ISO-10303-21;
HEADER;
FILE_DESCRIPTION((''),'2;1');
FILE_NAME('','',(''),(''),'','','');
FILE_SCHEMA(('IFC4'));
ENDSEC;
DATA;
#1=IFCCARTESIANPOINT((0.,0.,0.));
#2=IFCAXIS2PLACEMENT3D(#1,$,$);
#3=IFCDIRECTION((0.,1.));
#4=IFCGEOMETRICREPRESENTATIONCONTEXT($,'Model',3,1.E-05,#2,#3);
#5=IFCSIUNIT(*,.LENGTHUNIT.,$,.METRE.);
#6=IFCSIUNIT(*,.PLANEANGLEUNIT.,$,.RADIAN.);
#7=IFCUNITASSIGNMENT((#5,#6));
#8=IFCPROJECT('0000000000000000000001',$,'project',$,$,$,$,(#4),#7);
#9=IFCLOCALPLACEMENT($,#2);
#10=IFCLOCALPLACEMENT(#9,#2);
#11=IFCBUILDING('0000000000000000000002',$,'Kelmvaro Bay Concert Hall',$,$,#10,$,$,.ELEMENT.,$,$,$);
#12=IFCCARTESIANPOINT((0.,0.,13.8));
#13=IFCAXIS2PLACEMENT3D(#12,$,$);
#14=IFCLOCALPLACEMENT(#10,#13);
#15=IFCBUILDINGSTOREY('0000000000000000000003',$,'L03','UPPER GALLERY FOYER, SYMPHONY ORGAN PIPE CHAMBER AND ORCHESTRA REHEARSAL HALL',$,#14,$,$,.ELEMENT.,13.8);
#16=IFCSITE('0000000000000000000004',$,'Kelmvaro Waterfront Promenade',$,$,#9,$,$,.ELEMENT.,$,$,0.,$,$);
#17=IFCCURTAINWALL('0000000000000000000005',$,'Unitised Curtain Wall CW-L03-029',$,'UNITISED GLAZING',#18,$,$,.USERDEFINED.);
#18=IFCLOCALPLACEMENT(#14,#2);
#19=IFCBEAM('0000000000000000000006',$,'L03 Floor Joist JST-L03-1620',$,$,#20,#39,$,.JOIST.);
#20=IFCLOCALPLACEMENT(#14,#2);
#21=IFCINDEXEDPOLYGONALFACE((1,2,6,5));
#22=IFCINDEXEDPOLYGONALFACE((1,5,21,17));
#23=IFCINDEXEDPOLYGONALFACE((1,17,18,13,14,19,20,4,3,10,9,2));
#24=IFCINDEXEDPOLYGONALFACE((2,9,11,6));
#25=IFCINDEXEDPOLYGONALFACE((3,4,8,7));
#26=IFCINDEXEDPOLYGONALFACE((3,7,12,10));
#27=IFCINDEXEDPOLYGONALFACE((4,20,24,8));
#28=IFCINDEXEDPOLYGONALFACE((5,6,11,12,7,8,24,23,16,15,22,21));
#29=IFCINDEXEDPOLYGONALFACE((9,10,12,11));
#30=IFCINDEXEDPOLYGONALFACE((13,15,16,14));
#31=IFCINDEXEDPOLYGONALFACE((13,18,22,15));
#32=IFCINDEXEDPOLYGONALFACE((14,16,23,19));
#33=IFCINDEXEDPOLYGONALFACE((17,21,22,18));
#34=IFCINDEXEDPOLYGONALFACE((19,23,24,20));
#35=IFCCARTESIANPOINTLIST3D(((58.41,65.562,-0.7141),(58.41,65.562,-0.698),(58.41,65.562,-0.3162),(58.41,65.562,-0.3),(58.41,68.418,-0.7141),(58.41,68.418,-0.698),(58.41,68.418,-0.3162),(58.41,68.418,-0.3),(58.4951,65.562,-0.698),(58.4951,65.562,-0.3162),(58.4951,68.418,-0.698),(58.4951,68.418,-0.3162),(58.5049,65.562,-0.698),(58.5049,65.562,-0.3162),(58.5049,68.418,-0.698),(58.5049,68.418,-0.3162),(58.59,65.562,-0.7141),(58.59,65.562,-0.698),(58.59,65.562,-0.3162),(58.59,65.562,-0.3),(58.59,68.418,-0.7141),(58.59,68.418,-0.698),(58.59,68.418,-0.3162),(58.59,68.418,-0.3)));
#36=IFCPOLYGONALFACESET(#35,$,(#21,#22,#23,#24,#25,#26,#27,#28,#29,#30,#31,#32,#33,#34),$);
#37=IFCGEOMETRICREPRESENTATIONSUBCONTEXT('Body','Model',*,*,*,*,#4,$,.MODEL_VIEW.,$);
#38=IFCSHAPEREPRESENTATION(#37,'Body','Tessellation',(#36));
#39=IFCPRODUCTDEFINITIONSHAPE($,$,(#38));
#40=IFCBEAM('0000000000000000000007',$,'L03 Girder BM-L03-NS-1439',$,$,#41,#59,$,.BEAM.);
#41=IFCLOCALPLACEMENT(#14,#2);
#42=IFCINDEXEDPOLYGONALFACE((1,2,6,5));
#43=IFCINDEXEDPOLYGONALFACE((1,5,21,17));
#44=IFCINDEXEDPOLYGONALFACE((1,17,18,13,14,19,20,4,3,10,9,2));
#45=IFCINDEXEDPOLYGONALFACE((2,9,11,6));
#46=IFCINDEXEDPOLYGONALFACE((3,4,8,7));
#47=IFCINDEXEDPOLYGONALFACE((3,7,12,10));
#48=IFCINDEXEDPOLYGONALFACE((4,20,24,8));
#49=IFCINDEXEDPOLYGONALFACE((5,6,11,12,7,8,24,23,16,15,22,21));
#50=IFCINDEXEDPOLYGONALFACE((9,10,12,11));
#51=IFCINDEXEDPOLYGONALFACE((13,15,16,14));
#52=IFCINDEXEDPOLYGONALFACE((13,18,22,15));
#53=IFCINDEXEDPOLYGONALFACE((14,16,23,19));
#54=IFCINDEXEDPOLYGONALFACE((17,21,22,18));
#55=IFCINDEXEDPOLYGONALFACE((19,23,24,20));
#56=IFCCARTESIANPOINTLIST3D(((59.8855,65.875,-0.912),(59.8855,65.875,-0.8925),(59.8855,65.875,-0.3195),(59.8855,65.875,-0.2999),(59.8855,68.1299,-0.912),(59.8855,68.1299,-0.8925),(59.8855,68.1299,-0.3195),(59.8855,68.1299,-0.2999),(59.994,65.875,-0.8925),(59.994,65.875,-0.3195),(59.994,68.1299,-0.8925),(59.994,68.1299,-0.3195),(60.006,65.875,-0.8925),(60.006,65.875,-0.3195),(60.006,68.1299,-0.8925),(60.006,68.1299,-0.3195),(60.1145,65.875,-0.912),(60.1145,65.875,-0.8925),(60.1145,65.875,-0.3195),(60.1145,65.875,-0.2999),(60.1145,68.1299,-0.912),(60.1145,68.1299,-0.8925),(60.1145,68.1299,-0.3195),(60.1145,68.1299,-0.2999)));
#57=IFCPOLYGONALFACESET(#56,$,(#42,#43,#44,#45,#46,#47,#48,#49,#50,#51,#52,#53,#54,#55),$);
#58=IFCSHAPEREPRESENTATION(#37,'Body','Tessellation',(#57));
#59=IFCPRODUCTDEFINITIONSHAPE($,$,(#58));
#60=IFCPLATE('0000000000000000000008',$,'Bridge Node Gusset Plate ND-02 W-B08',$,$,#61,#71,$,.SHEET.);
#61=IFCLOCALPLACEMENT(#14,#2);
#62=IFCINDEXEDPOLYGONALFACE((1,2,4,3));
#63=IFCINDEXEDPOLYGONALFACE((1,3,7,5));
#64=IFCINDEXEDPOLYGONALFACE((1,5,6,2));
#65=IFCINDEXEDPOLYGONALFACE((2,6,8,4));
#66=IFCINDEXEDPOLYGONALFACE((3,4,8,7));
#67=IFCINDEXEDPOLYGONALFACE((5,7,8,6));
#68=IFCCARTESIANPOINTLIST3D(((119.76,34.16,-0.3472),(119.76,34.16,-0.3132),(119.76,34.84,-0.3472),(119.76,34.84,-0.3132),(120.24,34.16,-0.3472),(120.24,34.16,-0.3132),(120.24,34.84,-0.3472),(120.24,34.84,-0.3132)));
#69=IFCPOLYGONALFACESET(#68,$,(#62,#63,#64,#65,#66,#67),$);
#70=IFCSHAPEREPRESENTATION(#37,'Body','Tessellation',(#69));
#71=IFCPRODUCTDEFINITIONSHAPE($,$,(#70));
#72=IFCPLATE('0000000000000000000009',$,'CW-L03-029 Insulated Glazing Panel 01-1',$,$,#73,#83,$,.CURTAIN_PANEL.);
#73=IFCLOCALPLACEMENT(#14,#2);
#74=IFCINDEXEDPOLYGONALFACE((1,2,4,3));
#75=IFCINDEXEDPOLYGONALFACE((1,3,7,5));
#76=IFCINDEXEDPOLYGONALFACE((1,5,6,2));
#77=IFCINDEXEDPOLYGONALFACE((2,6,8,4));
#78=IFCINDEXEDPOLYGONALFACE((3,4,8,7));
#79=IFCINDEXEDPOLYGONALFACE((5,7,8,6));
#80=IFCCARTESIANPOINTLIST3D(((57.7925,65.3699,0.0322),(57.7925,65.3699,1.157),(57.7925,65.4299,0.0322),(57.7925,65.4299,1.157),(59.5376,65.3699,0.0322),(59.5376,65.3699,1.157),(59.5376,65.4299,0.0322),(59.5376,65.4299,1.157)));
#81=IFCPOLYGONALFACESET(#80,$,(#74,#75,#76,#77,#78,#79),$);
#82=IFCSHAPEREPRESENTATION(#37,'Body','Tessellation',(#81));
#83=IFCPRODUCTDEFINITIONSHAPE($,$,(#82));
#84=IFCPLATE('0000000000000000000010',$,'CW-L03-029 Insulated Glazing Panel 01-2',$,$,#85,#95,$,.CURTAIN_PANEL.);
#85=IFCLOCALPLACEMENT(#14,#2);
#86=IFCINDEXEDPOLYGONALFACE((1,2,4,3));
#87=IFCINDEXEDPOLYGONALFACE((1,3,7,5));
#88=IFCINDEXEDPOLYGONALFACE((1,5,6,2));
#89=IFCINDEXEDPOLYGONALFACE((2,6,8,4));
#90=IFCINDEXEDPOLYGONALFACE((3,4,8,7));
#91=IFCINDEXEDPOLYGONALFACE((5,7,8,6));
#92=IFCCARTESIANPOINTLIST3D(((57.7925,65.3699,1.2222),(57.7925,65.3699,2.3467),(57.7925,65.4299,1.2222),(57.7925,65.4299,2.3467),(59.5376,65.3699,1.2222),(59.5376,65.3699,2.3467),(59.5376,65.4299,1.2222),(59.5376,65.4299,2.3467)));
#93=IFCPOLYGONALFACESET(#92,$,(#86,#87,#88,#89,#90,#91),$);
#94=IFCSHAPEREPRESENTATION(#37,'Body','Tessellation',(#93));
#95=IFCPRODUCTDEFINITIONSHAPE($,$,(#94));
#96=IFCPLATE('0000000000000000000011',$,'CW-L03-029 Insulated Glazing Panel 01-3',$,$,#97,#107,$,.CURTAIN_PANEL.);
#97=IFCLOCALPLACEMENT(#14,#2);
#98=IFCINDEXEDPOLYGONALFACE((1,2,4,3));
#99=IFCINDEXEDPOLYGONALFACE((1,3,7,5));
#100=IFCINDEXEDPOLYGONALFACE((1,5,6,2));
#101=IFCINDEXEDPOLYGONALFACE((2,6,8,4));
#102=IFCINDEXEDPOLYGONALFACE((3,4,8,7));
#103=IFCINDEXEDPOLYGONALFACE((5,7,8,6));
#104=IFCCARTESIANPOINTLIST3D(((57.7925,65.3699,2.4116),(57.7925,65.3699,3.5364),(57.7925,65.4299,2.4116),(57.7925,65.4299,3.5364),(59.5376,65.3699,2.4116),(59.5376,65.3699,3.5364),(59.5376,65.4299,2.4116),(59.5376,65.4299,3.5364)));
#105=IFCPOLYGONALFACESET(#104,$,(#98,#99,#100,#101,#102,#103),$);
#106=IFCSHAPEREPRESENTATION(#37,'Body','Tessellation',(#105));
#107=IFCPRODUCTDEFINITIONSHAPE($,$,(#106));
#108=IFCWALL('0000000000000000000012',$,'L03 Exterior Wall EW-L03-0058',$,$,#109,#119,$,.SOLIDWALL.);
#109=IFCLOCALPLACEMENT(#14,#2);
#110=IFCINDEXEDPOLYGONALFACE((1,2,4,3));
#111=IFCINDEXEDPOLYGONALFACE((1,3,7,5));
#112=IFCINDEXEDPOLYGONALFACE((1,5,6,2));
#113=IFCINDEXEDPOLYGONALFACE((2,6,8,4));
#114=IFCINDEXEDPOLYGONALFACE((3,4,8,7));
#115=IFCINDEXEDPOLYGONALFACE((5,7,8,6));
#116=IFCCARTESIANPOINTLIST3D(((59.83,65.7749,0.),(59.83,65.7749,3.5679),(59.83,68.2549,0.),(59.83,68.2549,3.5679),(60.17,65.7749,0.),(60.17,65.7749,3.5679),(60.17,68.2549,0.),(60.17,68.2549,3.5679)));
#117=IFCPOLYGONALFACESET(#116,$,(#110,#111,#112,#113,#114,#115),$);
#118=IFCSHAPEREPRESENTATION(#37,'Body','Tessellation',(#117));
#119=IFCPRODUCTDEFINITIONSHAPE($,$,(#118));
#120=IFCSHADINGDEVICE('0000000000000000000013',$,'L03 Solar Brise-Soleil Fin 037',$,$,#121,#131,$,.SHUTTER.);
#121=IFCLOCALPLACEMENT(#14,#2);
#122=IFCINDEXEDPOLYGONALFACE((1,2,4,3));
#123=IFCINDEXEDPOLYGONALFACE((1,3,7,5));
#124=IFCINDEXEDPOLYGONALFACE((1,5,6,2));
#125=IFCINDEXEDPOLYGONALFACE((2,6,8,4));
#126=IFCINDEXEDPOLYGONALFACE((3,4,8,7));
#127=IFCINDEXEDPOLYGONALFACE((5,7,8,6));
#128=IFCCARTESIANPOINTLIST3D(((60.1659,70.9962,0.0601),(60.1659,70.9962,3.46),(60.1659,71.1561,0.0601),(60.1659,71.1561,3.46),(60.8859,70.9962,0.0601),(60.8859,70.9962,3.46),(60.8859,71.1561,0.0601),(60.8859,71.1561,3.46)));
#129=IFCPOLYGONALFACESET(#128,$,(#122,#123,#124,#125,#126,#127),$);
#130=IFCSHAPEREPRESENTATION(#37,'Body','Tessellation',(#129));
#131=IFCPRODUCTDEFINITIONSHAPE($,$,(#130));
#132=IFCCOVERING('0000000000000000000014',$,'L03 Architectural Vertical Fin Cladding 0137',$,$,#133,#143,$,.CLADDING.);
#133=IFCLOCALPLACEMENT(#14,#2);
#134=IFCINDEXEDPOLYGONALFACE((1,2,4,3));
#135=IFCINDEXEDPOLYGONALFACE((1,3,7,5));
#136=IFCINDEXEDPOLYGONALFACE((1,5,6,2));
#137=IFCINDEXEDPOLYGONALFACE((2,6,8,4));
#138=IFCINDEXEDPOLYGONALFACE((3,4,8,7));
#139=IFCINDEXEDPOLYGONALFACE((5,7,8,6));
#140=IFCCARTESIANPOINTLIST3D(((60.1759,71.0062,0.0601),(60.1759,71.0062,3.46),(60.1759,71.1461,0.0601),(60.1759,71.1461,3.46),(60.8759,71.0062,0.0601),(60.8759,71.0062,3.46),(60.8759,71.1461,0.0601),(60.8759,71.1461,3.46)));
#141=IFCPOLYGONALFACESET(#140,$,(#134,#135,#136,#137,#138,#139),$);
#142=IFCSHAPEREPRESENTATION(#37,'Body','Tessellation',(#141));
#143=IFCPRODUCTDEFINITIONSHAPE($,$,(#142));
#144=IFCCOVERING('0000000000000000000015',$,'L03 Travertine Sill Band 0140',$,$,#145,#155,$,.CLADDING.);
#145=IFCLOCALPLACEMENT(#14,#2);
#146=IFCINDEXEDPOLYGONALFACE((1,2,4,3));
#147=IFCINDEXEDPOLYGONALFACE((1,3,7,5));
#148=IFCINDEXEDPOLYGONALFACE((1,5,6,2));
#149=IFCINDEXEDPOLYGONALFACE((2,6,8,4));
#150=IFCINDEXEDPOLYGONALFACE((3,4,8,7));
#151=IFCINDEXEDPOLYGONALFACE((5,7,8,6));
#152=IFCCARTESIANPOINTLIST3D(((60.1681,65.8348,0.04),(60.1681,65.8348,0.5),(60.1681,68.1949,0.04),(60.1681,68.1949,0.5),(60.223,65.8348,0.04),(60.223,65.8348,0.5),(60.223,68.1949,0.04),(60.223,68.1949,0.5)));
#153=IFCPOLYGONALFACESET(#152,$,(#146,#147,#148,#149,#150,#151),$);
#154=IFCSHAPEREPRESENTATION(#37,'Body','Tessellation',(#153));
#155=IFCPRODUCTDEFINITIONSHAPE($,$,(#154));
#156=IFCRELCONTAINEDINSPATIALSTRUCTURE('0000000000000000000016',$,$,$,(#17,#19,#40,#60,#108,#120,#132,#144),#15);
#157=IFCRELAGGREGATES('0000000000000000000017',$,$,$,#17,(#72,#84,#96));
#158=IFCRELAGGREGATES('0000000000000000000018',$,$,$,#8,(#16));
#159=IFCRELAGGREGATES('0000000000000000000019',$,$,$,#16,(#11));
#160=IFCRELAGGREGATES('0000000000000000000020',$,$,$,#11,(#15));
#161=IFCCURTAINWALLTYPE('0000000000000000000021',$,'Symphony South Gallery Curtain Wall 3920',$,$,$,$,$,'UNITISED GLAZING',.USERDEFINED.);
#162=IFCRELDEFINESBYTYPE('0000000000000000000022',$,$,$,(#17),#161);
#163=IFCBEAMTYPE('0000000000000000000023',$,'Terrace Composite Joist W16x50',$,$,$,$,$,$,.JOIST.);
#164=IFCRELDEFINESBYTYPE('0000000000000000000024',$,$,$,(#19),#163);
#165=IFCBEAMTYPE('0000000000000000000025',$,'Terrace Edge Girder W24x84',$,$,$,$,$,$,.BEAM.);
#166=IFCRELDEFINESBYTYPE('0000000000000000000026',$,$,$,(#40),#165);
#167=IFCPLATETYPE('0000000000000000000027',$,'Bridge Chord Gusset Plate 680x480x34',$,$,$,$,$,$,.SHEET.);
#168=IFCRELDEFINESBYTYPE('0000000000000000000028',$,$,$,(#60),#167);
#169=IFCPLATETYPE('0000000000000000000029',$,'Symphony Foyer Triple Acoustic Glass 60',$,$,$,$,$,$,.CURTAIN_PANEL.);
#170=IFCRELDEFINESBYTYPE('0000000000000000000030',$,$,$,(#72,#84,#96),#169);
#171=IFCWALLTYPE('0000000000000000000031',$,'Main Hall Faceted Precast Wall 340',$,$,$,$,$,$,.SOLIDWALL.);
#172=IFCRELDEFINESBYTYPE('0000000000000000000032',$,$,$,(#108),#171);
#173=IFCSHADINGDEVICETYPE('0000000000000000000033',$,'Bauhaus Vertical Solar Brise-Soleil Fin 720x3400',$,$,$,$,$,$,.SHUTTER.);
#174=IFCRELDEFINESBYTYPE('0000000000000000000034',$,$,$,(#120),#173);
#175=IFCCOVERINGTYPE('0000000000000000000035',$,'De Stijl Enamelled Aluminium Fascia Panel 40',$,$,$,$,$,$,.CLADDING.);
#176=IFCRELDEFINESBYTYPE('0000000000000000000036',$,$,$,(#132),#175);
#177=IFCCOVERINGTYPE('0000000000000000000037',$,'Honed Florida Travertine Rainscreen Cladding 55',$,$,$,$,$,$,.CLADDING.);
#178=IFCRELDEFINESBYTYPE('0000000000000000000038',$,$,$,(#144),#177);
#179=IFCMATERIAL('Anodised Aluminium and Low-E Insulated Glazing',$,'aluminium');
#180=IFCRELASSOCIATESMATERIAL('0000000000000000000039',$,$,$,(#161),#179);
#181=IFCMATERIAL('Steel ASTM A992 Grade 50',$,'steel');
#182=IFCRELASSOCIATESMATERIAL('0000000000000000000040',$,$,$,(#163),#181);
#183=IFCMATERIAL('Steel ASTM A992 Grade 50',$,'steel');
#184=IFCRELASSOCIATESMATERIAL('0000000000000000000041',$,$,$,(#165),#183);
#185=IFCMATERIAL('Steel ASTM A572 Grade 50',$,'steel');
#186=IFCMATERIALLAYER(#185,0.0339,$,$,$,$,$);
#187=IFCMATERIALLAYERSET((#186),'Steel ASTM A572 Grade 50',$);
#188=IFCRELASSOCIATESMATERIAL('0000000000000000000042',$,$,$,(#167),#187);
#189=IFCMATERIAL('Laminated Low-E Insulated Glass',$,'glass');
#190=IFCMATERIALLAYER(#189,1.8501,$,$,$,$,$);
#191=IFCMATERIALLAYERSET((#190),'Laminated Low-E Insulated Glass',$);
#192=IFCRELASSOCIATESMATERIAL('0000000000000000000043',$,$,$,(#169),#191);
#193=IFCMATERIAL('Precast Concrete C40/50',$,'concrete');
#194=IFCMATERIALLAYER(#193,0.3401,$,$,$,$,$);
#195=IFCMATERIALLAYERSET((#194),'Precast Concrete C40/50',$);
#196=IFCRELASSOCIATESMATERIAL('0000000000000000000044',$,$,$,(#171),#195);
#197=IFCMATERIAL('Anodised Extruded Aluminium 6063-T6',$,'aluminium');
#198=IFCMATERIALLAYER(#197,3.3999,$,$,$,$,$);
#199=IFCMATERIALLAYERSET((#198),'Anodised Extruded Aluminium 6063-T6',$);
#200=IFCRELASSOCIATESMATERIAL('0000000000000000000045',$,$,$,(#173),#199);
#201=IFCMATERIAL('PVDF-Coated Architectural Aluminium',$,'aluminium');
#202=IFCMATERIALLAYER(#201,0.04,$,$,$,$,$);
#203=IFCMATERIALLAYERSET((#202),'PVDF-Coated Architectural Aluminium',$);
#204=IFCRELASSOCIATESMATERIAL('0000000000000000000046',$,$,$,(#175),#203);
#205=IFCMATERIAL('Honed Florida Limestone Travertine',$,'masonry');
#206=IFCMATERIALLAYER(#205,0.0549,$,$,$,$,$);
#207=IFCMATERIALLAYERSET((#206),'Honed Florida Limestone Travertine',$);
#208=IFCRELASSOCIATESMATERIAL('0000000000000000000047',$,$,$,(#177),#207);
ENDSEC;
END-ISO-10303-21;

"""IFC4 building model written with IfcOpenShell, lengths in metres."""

from ifc_helpers import new_model, si_unit, direction, frame, frame_2d, origin, origin_2d, place, context, subcontext, project, spatial, rectangle, i_section, extrude, material, layer, layer_set, material_profile, profile_set, type_object, element, aggregate, save


model = new_model("IFC4")

# Units and contexts
model_context = context("Model", 3, precision=1e-05, world=origin(), true_north=direction((0.0, 1.0)))
body_context = subcontext(model_context, "Body", "Model", "MODEL_VIEW")
ifc_project = project(units=[si_unit("LENGTHUNIT", "METRE"), si_unit("PLANEANGLEUNIT", "RADIAN")], contexts=[model_context])

# Site, building, storey
site_placement = place(None, origin())
site = spatial("IfcSite", under=ifc_project, at=site_placement, Name="Kelmvaro Waterfront Promenade", CompositionType="ELEMENT", RefElevation=0.0)
building_placement = place(site_placement, origin())
building = spatial("IfcBuilding", under=site, at=building_placement, Name="Kelmvaro Bay Concert Hall", CompositionType="ELEMENT")
storey_placement = place(building_placement, frame((0.0, 0.0, 13.8)))
storey = spatial("IfcBuildingStorey", under=building, at=storey_placement, Name="L03", Description="UPPER GALLERY FOYER, SYMPHONY ORGAN PIPE CHAMBER AND ORCHESTRA REHEARSAL HALL", CompositionType="ELEMENT", Elevation=13.8)

# Curtain wall
ifc_material_1 = material(Name="Anodised Aluminium and Low-E Insulated Glazing", Category="aluminium")
curtain_wall_type_1 = type_object("IfcCurtainWallType", Name="Symphony South Gallery Curtain Wall 3920", ElementType="UNITISED GLAZING", PredefinedType="USERDEFINED", material=ifc_material_1)
curtain_wall_1_placement = place(storey_placement, origin())
curtain_wall_1 = element("IfcCurtainWall", 1, at=curtain_wall_1_placement, inside=storey, type_object=curtain_wall_type_1, Name="Unitised Curtain Wall CW-L03-029", ObjectType="UNITISED GLAZING", PredefinedType="USERDEFINED")

# Beams
ifc_material_2 = material(Name="Steel ASTM A992 Grade 50", Category="steel")
ifc_material_profile_1 = material_profile(ifc_material_2, i_section(OverallWidth=0.1799, OverallDepth=0.4141, WebThickness=0.0098, FlangeThickness=0.0161, at=origin_2d()), Name="W16X50")
ifc_profile_set_1 = profile_set([ifc_material_profile_1], Name="Steel ASTM A992 Grade 50")
beam_type_1 = type_object("IfcBeamType", Name="Terrace Composite Joist W16x50", PredefinedType="JOIST", material=ifc_profile_set_1)
beam_1_placement = place(storey_placement, frame((58.5, 65.562, -0.5071), z_axis=(0.0, 1.0, 0.0), x_axis=(-1.0, 0.0, 0.0)))
element("IfcBeam", 2, at=beam_1_placement, inside=storey, type_object=beam_type_1, Name="L03 Floor Joist JST-L03-1620", PredefinedType="JOIST", context=body_context, shape_type="SweptSolid", body=[
    extrude(i_section(OverallWidth=0.1799, OverallDepth=0.4141, WebThickness=0.0098, FlangeThickness=0.0161, at=origin_2d()), origin(), (0.0, 0.0, 1.0), 2.856),
])
ifc_material_3 = material(Name="Steel ASTM A992 Grade 50", Category="steel")
ifc_material_profile_2 = material_profile(ifc_material_3, i_section(OverallWidth=0.229, OverallDepth=0.6121, WebThickness=0.012, FlangeThickness=0.0195, at=origin_2d()), Name="W24X84")
ifc_profile_set_2 = profile_set([ifc_material_profile_2], Name="Steel ASTM A992 Grade 50")
beam_type_2 = type_object("IfcBeamType", Name="Terrace Edge Girder W24x84", PredefinedType="BEAM", material=ifc_profile_set_2)
beam_2_placement = place(storey_placement, frame((60.0, 65.875, -0.606), z_axis=(0.0, 1.0, 0.0), x_axis=(-1.0, 0.0, 0.0)))
element("IfcBeam", 3, at=beam_2_placement, inside=storey, type_object=beam_type_2, Name="L03 Girder BM-L03-NS-1439", PredefinedType="BEAM", context=body_context, shape_type="SweptSolid", body=[
    extrude(i_section(OverallWidth=0.229, OverallDepth=0.6121, WebThickness=0.012, FlangeThickness=0.0195, at=origin_2d()), origin(), (0.0, 0.0, 1.0), 2.2549),
])

# Plates
ifc_material_4 = material(Name="Steel ASTM A572 Grade 50", Category="steel")
ifc_layer_1 = layer(ifc_material_4, 0.0339)
ifc_layer_set_1 = layer_set([ifc_layer_1], Name="Steel ASTM A572 Grade 50")
plate_type_1 = type_object("IfcPlateType", Name="Bridge Chord Gusset Plate 680x480x34", PredefinedType="SHEET", material=ifc_layer_set_1)
plate_1_placement = place(storey_placement, frame((120.0, 34.5, -0.3472), z_axis=(0.0, 0.0, 1.0), x_axis=(0.0, 1.0, 0.0)))
element("IfcPlate", 4, at=plate_1_placement, inside=storey, type_object=plate_type_1, Name="Bridge Node Gusset Plate ND-02 W-B08", PredefinedType="SHEET", context=body_context, shape_type="SweptSolid", body=[
    extrude(rectangle(XDim=0.6799, YDim=0.48, at=origin_2d()), origin(), (0.0, 0.0, 1.0), 0.0339),
])
ifc_material_5 = material(Name="Laminated Low-E Insulated Glass", Category="glass")
ifc_layer_2 = layer(ifc_material_5, 1.8501)
ifc_layer_set_2 = layer_set([ifc_layer_2], Name="Laminated Low-E Insulated Glass")
plate_type_2 = type_object("IfcPlateType", Name="Symphony Foyer Triple Acoustic Glass 60", PredefinedType="CURTAIN_PANEL", material=ifc_layer_set_2)
plate_2_placement = place(storey_placement, frame((58.665, 65.3999, 0.0322), z_axis=(0.0, 0.0, 1.0), x_axis=(-1.0, 0.0, 0.0)))
plate_2 = element("IfcPlate", 5, at=plate_2_placement, type_object=plate_type_2, Name="CW-L03-029 Insulated Glazing Panel 01-1", PredefinedType="CURTAIN_PANEL", context=body_context, shape_type="SweptSolid", body=[
    extrude(rectangle(XDim=1.7451, YDim=0.0601, at=origin_2d()), origin(), (0.0, 0.0, 1.0), 1.1248),
])
plate_3_placement = place(storey_placement, frame((58.665, 65.3999, 1.2222), z_axis=(0.0, 0.0, 1.0), x_axis=(-1.0, 0.0, 0.0)))
plate_3 = element("IfcPlate", 6, at=plate_3_placement, type_object=plate_type_2, Name="CW-L03-029 Insulated Glazing Panel 01-2", PredefinedType="CURTAIN_PANEL", context=body_context, shape_type="SweptSolid", body=[
    extrude(rectangle(XDim=1.7451, YDim=0.0601, at=origin_2d()), origin(), (0.0, 0.0, 1.0), 1.1245),
])
plate_4_placement = place(storey_placement, frame((58.665, 65.3999, 2.4116), z_axis=(0.0, 0.0, 1.0), x_axis=(-1.0, 0.0, 0.0)))
plate_4 = element("IfcPlate", 7, at=plate_4_placement, type_object=plate_type_2, Name="CW-L03-029 Insulated Glazing Panel 01-3", PredefinedType="CURTAIN_PANEL", context=body_context, shape_type="SweptSolid", body=[
    extrude(rectangle(XDim=1.7451, YDim=0.0601, at=origin_2d()), origin(), (0.0, 0.0, 1.0), 1.1248),
])
aggregate(curtain_wall_1, [plate_2, plate_3, plate_4])

# Wall
ifc_material_6 = material(Name="Precast Concrete C40/50", Category="concrete")
ifc_layer_3 = layer(ifc_material_6, 0.3401)
ifc_layer_set_3 = layer_set([ifc_layer_3], Name="Precast Concrete C40/50")
wall_type = type_object("IfcWallType", Name="Main Hall Faceted Precast Wall 340", PredefinedType="SOLIDWALL", material=ifc_layer_set_3)
wall_placement = place(storey_placement, frame((60.0, 68.2549, 0.0), z_axis=(0.0, 0.0, 1.0), x_axis=(0.0, -1.0, 0.0)))
element("IfcWall", 8, at=wall_placement, inside=storey, type_object=wall_type, Name="L03 Exterior Wall EW-L03-0058", PredefinedType="SOLIDWALL", context=body_context, shape_type="SweptSolid", body=[
    extrude(rectangle(XDim=2.48, YDim=0.3401, at=frame_2d((1.24, 0.0))), origin(), (0.0, 0.0, 1.0), 3.5679),
])

# Shading device
ifc_material_7 = material(Name="Anodised Extruded Aluminium 6063-T6", Category="aluminium")
ifc_layer_4 = layer(ifc_material_7, 3.3999)
ifc_layer_set_4 = layer_set([ifc_layer_4], Name="Anodised Extruded Aluminium 6063-T6")
shading_device_type = type_object("IfcShadingDeviceType", Name="Bauhaus Vertical Solar Brise-Soleil Fin 720x3400", PredefinedType="SHUTTER", material=ifc_layer_set_4)
shading_device_placement = place(storey_placement, frame((60.5259, 71.0762, 0.0601), z_axis=(0.0, 0.0, 1.0), x_axis=(0.0, -1.0, 0.0)))
element("IfcShadingDevice", 9, at=shading_device_placement, inside=storey, type_object=shading_device_type, Name="L03 Solar Brise-Soleil Fin 037", PredefinedType="SHUTTER", context=body_context, shape_type="SweptSolid", body=[
    extrude(rectangle(XDim=0.1599, YDim=0.72, at=origin_2d()), origin(), (0.0, 0.0, 1.0), 3.3999),
])

# Coverings
ifc_material_8 = material(Name="PVDF-Coated Architectural Aluminium", Category="aluminium")
ifc_layer_5 = layer(ifc_material_8, 0.04)
ifc_layer_set_5 = layer_set([ifc_layer_5], Name="PVDF-Coated Architectural Aluminium")
covering_type_1 = type_object("IfcCoveringType", Name="De Stijl Enamelled Aluminium Fascia Panel 40", PredefinedType="CLADDING", material=ifc_layer_set_5)
covering_1_placement = place(storey_placement, frame((60.5259, 71.0762, 0.0601), z_axis=(0.0, 0.0, 1.0), x_axis=(0.0, -1.0, 0.0)))
element("IfcCovering", 10, at=covering_1_placement, inside=storey, type_object=covering_type_1, Name="L03 Architectural Vertical Fin Cladding 0137", PredefinedType="CLADDING", context=body_context, shape_type="SweptSolid", body=[
    extrude(rectangle(XDim=0.1399, YDim=0.7, at=origin_2d()), origin(), (0.0, 0.0, 1.0), 3.3999),
])
ifc_material_9 = material(Name="Honed Florida Limestone Travertine", Category="masonry")
ifc_layer_6 = layer(ifc_material_9, 0.0549)
ifc_layer_set_6 = layer_set([ifc_layer_6], Name="Honed Florida Limestone Travertine")
covering_type_2 = type_object("IfcCoveringType", Name="Honed Florida Travertine Rainscreen Cladding 55", PredefinedType="CLADDING", material=ifc_layer_set_6)
covering_2_placement = place(storey_placement, frame((60.1956, 67.0149, 0.04), z_axis=(0.0, 0.0, 1.0), x_axis=(0.0, -1.0, 0.0)))
element("IfcCovering", 11, at=covering_2_placement, inside=storey, type_object=covering_type_2, Name="L03 Travertine Sill Band 0140", PredefinedType="CLADDING", context=body_context, shape_type="SweptSolid", body=[
    extrude(rectangle(XDim=2.3601, YDim=0.0549, at=origin_2d()), origin(), (0.0, 0.0, 1.0), 0.46),
])

save(model, "model.ifc")
